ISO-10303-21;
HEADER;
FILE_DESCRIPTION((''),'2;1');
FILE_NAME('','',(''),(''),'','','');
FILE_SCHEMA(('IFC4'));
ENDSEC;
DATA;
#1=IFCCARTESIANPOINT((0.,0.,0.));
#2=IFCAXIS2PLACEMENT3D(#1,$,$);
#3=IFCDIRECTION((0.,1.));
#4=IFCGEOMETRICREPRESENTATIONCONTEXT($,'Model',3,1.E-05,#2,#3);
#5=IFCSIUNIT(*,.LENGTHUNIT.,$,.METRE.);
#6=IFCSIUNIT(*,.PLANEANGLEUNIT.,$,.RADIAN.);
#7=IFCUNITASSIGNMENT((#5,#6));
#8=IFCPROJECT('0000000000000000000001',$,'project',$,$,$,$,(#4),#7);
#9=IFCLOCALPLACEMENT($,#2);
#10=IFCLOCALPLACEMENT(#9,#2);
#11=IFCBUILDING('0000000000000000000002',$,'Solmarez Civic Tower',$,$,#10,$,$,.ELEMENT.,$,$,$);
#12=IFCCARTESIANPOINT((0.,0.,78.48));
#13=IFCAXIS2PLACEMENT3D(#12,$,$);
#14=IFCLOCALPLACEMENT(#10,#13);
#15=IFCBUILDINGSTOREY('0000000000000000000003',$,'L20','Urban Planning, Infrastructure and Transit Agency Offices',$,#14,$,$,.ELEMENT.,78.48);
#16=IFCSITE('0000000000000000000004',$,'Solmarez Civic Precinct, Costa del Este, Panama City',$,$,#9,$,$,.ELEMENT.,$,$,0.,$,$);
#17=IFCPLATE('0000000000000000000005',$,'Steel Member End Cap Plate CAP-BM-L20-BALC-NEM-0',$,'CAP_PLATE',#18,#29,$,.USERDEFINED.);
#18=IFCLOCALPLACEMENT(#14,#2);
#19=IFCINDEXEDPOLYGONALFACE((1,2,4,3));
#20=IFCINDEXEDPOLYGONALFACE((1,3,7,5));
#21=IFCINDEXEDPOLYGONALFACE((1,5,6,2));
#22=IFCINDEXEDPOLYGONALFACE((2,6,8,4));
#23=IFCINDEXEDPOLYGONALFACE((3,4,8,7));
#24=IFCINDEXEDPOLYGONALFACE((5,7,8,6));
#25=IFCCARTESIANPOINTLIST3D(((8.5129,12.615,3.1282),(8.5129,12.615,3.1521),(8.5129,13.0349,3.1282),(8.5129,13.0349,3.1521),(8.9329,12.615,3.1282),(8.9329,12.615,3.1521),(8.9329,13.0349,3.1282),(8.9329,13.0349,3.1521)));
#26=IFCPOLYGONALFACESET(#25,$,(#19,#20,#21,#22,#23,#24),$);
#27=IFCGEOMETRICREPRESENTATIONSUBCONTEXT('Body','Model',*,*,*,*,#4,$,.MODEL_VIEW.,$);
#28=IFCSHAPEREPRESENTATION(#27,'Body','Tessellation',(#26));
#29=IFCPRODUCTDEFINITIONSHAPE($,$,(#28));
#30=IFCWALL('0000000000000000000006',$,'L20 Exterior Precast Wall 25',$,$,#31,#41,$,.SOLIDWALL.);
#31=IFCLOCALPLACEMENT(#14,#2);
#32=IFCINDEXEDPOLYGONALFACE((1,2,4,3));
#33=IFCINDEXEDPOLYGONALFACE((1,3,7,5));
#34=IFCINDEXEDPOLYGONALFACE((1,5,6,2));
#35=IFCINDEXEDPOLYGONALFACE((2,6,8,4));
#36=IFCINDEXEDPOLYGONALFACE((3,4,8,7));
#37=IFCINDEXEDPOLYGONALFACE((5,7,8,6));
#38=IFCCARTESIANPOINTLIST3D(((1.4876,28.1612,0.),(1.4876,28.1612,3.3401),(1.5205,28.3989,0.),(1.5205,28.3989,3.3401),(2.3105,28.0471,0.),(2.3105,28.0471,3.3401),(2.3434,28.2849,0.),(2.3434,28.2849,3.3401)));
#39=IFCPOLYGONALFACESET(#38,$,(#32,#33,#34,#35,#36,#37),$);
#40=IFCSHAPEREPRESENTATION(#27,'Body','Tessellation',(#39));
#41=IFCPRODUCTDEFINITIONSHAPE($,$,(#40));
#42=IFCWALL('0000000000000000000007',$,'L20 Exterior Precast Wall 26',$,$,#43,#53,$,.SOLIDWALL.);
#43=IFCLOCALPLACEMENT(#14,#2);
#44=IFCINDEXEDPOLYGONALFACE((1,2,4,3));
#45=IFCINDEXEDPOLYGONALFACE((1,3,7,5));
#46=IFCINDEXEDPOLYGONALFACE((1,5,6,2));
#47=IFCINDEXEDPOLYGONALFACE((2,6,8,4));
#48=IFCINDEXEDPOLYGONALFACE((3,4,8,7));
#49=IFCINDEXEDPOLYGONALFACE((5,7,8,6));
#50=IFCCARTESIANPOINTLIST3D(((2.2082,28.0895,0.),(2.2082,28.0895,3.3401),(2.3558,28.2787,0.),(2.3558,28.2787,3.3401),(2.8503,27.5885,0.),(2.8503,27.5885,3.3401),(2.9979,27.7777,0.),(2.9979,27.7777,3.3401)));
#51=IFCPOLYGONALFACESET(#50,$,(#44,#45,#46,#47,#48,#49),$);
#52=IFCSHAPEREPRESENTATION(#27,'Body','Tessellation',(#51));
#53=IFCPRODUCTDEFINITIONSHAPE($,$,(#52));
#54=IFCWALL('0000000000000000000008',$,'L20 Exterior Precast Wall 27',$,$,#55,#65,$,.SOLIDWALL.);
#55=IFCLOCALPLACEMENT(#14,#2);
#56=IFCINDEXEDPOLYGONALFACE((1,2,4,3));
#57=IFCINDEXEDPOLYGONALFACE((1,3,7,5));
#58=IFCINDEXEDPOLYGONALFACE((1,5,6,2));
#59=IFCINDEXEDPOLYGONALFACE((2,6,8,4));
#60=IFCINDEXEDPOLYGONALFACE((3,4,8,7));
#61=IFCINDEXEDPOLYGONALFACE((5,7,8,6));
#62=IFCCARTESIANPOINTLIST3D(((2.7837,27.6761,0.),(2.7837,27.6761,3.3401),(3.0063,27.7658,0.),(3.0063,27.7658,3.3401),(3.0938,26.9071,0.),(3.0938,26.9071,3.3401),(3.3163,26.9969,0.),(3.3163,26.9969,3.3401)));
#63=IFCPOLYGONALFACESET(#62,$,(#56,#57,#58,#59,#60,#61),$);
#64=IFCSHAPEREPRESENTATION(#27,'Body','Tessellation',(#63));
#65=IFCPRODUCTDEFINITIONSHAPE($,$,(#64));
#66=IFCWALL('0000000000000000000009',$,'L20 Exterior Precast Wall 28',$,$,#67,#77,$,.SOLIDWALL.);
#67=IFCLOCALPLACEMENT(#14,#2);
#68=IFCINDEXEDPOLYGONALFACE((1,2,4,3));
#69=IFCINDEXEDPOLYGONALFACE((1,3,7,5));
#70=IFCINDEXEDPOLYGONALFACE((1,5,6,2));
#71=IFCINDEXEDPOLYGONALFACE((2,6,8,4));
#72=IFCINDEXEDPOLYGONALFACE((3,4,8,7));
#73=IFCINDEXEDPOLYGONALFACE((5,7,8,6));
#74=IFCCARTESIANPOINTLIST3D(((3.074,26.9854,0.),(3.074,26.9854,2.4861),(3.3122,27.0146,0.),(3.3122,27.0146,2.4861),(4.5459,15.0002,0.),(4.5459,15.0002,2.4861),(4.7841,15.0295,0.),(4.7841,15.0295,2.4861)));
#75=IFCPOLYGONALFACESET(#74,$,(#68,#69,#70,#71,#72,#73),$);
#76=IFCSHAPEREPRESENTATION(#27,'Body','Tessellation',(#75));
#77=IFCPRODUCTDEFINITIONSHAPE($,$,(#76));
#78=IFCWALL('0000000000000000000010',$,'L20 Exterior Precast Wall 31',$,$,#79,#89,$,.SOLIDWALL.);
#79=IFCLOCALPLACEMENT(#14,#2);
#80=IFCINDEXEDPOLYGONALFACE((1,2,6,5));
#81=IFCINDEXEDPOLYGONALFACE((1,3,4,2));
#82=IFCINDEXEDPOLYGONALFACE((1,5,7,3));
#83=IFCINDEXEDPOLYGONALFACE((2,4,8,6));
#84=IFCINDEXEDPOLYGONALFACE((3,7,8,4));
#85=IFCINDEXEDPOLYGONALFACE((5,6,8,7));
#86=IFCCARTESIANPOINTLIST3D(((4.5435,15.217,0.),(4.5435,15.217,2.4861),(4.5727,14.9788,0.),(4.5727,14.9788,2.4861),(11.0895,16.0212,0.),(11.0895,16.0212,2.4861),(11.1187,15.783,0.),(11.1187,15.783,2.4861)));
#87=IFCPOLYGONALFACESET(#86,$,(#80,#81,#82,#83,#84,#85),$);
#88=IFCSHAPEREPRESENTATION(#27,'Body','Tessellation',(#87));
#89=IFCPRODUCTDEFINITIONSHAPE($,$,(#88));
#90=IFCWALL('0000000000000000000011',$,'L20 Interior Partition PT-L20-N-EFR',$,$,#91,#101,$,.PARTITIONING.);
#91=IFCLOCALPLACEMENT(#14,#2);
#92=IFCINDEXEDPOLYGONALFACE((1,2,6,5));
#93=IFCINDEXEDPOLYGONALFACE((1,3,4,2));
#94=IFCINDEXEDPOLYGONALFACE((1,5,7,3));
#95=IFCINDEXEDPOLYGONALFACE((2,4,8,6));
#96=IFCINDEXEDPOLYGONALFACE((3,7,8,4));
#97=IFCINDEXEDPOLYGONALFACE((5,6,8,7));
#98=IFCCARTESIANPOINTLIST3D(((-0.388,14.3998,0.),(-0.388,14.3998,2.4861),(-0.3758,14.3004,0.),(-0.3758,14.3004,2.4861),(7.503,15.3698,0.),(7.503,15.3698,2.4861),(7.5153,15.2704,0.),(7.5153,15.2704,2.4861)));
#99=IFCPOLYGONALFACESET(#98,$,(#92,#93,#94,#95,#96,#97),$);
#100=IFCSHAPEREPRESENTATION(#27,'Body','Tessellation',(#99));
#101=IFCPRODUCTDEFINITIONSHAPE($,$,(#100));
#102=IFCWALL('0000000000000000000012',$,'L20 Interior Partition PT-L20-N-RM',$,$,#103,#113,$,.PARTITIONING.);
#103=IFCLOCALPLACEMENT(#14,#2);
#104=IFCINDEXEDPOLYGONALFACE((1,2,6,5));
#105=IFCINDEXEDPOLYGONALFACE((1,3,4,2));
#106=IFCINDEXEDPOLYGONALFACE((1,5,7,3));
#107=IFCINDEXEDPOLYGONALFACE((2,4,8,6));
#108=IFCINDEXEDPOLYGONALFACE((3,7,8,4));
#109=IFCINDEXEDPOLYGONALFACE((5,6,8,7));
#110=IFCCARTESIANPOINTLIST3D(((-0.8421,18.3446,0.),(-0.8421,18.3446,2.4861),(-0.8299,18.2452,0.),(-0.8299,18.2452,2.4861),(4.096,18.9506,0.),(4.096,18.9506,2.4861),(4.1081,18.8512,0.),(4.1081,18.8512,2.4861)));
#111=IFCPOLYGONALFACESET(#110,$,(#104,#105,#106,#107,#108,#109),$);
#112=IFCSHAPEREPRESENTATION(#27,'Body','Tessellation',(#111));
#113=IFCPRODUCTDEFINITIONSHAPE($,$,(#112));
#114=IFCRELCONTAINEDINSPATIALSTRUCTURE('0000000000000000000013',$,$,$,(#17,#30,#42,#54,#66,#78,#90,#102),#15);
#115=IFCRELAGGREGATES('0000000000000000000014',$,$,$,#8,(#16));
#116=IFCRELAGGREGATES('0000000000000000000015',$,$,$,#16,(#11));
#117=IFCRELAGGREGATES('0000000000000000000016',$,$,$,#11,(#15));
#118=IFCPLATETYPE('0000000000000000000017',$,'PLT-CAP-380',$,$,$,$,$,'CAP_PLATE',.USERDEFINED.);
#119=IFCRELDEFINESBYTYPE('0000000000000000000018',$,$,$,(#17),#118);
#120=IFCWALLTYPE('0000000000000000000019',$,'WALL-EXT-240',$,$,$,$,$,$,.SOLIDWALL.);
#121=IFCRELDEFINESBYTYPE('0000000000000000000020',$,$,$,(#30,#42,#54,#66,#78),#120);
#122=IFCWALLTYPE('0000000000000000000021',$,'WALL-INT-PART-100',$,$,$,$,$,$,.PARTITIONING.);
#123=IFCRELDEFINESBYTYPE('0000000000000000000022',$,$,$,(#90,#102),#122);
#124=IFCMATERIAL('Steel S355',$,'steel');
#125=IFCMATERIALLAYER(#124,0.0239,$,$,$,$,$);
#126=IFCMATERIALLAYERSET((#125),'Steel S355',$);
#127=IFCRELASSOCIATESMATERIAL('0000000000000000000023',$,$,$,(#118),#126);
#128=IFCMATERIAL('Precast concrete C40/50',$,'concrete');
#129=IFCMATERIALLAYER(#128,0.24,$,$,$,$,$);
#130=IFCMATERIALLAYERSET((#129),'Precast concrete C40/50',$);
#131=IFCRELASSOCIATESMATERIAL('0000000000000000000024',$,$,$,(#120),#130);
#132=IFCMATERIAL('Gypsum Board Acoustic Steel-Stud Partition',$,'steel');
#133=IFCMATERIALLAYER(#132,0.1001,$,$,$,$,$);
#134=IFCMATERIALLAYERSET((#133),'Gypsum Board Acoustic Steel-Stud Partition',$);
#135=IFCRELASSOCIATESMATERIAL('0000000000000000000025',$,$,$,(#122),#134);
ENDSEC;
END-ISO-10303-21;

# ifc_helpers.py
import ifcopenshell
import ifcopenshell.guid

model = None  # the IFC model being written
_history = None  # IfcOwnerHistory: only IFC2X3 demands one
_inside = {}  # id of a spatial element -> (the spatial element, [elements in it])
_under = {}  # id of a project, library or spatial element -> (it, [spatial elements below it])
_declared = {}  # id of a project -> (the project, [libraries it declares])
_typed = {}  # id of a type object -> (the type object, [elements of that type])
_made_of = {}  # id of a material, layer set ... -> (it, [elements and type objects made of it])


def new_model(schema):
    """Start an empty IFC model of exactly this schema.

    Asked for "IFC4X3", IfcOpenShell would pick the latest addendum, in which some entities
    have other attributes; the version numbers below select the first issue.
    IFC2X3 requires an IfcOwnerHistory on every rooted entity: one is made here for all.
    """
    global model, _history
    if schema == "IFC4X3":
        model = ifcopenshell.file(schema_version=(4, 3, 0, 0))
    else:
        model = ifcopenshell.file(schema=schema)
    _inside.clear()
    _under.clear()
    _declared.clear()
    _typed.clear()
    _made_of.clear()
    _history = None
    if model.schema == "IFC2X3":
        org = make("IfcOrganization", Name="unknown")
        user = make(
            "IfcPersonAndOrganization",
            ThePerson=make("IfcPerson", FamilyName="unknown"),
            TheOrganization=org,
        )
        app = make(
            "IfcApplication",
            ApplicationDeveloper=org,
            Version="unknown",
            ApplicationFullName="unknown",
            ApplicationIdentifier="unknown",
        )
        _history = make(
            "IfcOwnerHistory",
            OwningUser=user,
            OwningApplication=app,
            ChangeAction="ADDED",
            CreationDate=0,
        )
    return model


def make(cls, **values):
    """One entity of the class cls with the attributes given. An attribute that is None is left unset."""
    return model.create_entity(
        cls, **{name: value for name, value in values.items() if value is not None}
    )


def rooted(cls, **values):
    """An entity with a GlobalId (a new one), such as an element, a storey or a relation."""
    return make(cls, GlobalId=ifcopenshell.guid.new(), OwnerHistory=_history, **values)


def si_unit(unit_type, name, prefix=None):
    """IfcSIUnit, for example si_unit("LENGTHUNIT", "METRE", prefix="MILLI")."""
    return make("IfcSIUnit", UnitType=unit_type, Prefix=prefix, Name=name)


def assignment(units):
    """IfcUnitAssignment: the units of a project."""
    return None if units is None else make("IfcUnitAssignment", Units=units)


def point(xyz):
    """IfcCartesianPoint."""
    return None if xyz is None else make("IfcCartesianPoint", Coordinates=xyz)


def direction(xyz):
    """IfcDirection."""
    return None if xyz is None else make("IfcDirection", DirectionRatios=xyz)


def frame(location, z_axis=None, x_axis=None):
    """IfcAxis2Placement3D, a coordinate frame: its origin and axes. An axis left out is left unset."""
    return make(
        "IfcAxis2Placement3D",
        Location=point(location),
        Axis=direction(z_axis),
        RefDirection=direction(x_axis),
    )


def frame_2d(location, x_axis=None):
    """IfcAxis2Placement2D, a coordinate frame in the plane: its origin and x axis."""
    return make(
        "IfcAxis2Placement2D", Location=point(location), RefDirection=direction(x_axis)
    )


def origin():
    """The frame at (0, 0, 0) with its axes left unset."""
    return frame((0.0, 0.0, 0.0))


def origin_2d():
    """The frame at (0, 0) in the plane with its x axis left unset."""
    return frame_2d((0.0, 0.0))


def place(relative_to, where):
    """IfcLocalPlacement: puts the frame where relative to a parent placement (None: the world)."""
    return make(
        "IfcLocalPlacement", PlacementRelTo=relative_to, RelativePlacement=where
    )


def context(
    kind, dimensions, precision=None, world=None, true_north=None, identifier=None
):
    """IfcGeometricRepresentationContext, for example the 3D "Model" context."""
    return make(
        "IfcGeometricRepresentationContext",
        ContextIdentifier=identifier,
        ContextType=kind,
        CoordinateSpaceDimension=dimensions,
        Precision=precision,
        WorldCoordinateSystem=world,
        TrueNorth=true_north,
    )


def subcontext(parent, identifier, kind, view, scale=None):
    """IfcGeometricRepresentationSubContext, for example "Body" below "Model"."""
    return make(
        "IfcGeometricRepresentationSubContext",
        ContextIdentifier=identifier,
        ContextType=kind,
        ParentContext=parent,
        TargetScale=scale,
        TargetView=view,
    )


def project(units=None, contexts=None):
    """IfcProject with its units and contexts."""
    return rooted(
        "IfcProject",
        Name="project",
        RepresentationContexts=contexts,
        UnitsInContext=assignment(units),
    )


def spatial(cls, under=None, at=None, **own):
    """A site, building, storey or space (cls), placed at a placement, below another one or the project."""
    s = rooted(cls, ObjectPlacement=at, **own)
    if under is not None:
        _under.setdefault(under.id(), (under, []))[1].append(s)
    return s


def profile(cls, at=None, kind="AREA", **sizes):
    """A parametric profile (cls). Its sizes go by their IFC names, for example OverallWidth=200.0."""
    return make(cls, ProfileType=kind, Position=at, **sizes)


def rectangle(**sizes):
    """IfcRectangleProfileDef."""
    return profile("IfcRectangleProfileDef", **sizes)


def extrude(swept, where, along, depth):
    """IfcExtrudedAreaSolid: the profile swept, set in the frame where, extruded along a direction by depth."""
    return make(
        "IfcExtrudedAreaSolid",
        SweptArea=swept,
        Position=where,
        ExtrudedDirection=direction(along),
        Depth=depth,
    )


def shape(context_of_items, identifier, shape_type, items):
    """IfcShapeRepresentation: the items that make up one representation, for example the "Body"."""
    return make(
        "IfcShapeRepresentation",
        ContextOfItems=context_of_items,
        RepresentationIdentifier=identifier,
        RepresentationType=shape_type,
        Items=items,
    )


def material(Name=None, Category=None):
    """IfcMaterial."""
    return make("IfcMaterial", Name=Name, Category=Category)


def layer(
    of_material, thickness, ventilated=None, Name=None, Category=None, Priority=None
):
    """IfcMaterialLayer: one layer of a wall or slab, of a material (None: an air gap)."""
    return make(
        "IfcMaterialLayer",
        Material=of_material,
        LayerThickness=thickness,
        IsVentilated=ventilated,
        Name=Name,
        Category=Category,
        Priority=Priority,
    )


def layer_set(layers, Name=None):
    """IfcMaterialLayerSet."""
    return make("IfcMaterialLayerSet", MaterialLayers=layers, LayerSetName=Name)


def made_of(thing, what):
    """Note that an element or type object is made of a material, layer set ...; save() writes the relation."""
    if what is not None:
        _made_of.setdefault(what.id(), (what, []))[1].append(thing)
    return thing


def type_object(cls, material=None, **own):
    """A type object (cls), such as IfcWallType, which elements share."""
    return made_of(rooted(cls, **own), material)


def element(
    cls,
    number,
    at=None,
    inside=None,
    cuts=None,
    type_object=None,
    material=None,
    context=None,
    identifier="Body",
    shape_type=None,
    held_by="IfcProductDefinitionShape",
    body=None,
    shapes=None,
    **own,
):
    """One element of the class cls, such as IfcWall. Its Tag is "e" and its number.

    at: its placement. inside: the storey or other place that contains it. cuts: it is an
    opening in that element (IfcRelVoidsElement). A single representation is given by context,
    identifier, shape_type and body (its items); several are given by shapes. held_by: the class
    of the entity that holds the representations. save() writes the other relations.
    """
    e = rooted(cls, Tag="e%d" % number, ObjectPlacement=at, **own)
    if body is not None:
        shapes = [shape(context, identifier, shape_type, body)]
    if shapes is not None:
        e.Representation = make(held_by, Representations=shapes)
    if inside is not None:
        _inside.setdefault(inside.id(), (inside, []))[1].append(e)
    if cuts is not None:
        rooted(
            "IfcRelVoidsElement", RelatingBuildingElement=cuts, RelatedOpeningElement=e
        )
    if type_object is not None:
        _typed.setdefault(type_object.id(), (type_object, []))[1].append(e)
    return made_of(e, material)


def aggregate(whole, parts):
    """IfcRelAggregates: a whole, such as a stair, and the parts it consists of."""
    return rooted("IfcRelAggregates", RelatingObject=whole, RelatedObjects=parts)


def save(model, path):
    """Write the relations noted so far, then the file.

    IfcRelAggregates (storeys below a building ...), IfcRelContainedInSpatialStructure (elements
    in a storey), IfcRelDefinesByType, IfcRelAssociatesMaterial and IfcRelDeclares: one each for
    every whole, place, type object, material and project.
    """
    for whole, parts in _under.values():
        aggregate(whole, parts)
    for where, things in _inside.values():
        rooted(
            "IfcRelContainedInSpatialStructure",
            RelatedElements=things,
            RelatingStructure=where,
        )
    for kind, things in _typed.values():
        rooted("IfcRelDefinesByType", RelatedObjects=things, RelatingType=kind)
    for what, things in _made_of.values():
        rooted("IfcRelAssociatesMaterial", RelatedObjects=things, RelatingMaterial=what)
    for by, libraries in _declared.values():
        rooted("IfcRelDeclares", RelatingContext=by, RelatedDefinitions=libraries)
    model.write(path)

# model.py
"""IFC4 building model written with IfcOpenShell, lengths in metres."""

from ifc_helpers import new_model, si_unit, direction, frame, frame_2d, origin, origin_2d, place, context, subcontext, project, spatial, rectangle, extrude, material, layer, layer_set, type_object, element, save


model = new_model("IFC4")

# Units and contexts
model_context = context("Model", 3, precision=1e-05, world=origin(), true_north=direction((0.0, 1.0)))
body_context = subcontext(model_context, "Body", "Model", "MODEL_VIEW")
ifc_project = project(units=[si_unit("LENGTHUNIT", "METRE"), si_unit("PLANEANGLEUNIT", "RADIAN")], contexts=[model_context])

# Site, building, storey
site_placement = place(None, origin())
site = spatial("IfcSite", under=ifc_project, at=site_placement, Name="Solmarez Civic Precinct, Costa del Este, Panama City", CompositionType="ELEMENT", RefElevation=0.0)
building_placement = place(site_placement, origin())
building = spatial("IfcBuilding", under=site, at=building_placement, Name="Solmarez Civic Tower", CompositionType="ELEMENT")
storey_placement = place(building_placement, frame((0.0, 0.0, 78.48)))
storey = spatial("IfcBuildingStorey", under=building, at=storey_placement, Name="L20", Description="Urban Planning, Infrastructure and Transit Agency Offices", CompositionType="ELEMENT", Elevation=78.48)

# Shared definitions
ifc_material_1 = material(Name="Steel S355", Category="steel")

# Plate
ifc_layer_1 = layer(ifc_material_1, 0.0239)
ifc_layer_set_1 = layer_set([ifc_layer_1], Name="Steel S355")
plate_type = type_object("IfcPlateType", Name="PLT-CAP-380", ElementType="CAP_PLATE", PredefinedType="USERDEFINED", material=ifc_layer_set_1)
plate_placement = place(storey_placement, frame((8.7229, 12.825, 3.1282), z_axis=(0.0, 0.0, 1.0), x_axis=(1.0, 0.0, 0.0)))
element("IfcPlate", 1, at=plate_placement, inside=storey, type_object=plate_type, Name="Steel Member End Cap Plate CAP-BM-L20-BALC-NEM-0", ObjectType="CAP_PLATE", PredefinedType="USERDEFINED", context=body_context, shape_type="SweptSolid", body=[
    extrude(rectangle(XDim=0.4199, YDim=0.4199, at=origin_2d()), origin(), (0.0, 0.0, 1.0), 0.0239),
])

# Walls
ifc_material_2 = material(Name="Precast concrete C40/50", Category="concrete")
ifc_layer_2 = layer(ifc_material_2, 0.24)
ifc_layer_set_2 = layer_set([ifc_layer_2], Name="Precast concrete C40/50")
wall_type_1 = type_object("IfcWallType", Name="WALL-EXT-240", PredefinedType="SOLIDWALL", material=ifc_layer_set_2)
wall_1_placement = place(storey_placement, frame((1.5039, 28.28, 0.0), z_axis=(0.0, 0.0, 1.0), x_axis=(0.99054, -0.137224, 0.0)))
element("IfcWall", 2, at=wall_1_placement, inside=storey, type_object=wall_type_1, Name="L20 Exterior Precast Wall 25", PredefinedType="SOLIDWALL", context=body_context, shape_type="SweptSolid", body=[
    extrude(rectangle(XDim=0.8308, YDim=0.24, at=frame_2d((0.4155, 0.0))), origin(), (0.0, 0.0, 1.0), 3.3401),
])
wall_2_placement = place(storey_placement, frame((2.282, 28.1841, 0.0), z_axis=(0.0, 0.0, 1.0), x_axis=(0.788415, -0.615144, 0.0)))
element("IfcWall", 3, at=wall_2_placement, inside=storey, type_object=wall_type_1, Name="L20 Exterior Precast Wall 26", PredefinedType="SOLIDWALL", context=body_context, shape_type="SweptSolid", body=[
    extrude(rectangle(XDim=0.8145, YDim=0.24, at=frame_2d((0.4072, 0.0))), origin(), (0.0, 0.0, 1.0), 3.3401),
])
wall_3_placement = place(storey_placement, frame((2.895, 27.7209, 0.0), z_axis=(0.0, 0.0, 1.0), x_axis=(0.373927, -0.927458, 0.0)))
element("IfcWall", 4, at=wall_3_placement, inside=storey, type_object=wall_type_1, Name="L20 Exterior Precast Wall 27", PredefinedType="SOLIDWALL", context=body_context, shape_type="SweptSolid", body=[
    extrude(rectangle(XDim=0.8291, YDim=0.24, at=frame_2d((0.4146, 0.0))), origin(), (0.0, 0.0, 1.0), 3.3401),
])
wall_4_placement = place(storey_placement, frame((3.1931, 27.0, 0.0), z_axis=(0.0, 0.0, 1.0), x_axis=(0.121897, -0.992543, 0.0)))
element("IfcWall", 5, at=wall_4_placement, inside=storey, type_object=wall_type_1, Name="L20 Exterior Precast Wall 28", PredefinedType="SOLIDWALL", context=body_context, shape_type="SweptSolid", body=[
    extrude(rectangle(XDim=12.0752, YDim=0.24, at=frame_2d((6.0376, 0.0))), origin(), (0.0, 0.0, 1.0), 2.4861),
])
wall_5_placement = place(storey_placement, frame((4.5581, 15.0979, 0.0), z_axis=(0.0, 0.0, 1.0), x_axis=(0.992538, 0.121939, 0.0)))
element("IfcWall", 6, at=wall_5_placement, inside=storey, type_object=wall_type_1, Name="L20 Exterior Precast Wall 31", PredefinedType="SOLIDWALL", context=body_context, shape_type="SweptSolid", body=[
    extrude(rectangle(XDim=6.5952, YDim=0.24, at=frame_2d((3.2976, 0.0))), origin(), (0.0, 0.0, 1.0), 2.4861),
])
ifc_material_3 = material(Name="Gypsum Board Acoustic Steel-Stud Partition", Category="steel")
ifc_layer_3 = layer(ifc_material_3, 0.1001)
ifc_layer_set_3 = layer_set([ifc_layer_3], Name="Gypsum Board Acoustic Steel-Stud Partition")
wall_type_2 = type_object("IfcWallType", Name="WALL-INT-PART-100", PredefinedType="PARTITIONING", material=ifc_layer_set_3)
wall_6_placement = place(storey_placement, frame((7.509, 15.3201, 0.0), z_axis=(0.0, 0.0, 1.0), x_axis=(-0.99253, -0.122001, 0.0)))
element("IfcWall", 7, at=wall_6_placement, inside=storey, type_object=wall_type_2, Name="L20 Interior Partition PT-L20-N-EFR", PredefinedType="PARTITIONING", context=body_context, shape_type="SweptSolid", body=[
    extrude(rectangle(XDim=7.9504, YDim=0.1001, at=frame_2d((3.9751, 0.0))), origin(), (0.0, 0.0, 1.0), 2.4861),
])
wall_7_placement = place(storey_placement, frame((4.1021, 18.9009, 0.0), z_axis=(0.0, 0.0, 1.0), x_axis=(-0.992555, -0.1218, 0.0)))
element("IfcWall", 8, at=wall_7_placement, inside=storey, type_object=wall_type_2, Name="L20 Interior Partition PT-L20-N-RM", PredefinedType="PARTITIONING", context=body_context, shape_type="SweptSolid", body=[
    extrude(rectangle(XDim=4.9751, YDim=0.1001, at=frame_2d((2.4875, 0.0))), origin(), (0.0, 0.0, 1.0), 2.4861),
])

save(model, "model.ifc")
